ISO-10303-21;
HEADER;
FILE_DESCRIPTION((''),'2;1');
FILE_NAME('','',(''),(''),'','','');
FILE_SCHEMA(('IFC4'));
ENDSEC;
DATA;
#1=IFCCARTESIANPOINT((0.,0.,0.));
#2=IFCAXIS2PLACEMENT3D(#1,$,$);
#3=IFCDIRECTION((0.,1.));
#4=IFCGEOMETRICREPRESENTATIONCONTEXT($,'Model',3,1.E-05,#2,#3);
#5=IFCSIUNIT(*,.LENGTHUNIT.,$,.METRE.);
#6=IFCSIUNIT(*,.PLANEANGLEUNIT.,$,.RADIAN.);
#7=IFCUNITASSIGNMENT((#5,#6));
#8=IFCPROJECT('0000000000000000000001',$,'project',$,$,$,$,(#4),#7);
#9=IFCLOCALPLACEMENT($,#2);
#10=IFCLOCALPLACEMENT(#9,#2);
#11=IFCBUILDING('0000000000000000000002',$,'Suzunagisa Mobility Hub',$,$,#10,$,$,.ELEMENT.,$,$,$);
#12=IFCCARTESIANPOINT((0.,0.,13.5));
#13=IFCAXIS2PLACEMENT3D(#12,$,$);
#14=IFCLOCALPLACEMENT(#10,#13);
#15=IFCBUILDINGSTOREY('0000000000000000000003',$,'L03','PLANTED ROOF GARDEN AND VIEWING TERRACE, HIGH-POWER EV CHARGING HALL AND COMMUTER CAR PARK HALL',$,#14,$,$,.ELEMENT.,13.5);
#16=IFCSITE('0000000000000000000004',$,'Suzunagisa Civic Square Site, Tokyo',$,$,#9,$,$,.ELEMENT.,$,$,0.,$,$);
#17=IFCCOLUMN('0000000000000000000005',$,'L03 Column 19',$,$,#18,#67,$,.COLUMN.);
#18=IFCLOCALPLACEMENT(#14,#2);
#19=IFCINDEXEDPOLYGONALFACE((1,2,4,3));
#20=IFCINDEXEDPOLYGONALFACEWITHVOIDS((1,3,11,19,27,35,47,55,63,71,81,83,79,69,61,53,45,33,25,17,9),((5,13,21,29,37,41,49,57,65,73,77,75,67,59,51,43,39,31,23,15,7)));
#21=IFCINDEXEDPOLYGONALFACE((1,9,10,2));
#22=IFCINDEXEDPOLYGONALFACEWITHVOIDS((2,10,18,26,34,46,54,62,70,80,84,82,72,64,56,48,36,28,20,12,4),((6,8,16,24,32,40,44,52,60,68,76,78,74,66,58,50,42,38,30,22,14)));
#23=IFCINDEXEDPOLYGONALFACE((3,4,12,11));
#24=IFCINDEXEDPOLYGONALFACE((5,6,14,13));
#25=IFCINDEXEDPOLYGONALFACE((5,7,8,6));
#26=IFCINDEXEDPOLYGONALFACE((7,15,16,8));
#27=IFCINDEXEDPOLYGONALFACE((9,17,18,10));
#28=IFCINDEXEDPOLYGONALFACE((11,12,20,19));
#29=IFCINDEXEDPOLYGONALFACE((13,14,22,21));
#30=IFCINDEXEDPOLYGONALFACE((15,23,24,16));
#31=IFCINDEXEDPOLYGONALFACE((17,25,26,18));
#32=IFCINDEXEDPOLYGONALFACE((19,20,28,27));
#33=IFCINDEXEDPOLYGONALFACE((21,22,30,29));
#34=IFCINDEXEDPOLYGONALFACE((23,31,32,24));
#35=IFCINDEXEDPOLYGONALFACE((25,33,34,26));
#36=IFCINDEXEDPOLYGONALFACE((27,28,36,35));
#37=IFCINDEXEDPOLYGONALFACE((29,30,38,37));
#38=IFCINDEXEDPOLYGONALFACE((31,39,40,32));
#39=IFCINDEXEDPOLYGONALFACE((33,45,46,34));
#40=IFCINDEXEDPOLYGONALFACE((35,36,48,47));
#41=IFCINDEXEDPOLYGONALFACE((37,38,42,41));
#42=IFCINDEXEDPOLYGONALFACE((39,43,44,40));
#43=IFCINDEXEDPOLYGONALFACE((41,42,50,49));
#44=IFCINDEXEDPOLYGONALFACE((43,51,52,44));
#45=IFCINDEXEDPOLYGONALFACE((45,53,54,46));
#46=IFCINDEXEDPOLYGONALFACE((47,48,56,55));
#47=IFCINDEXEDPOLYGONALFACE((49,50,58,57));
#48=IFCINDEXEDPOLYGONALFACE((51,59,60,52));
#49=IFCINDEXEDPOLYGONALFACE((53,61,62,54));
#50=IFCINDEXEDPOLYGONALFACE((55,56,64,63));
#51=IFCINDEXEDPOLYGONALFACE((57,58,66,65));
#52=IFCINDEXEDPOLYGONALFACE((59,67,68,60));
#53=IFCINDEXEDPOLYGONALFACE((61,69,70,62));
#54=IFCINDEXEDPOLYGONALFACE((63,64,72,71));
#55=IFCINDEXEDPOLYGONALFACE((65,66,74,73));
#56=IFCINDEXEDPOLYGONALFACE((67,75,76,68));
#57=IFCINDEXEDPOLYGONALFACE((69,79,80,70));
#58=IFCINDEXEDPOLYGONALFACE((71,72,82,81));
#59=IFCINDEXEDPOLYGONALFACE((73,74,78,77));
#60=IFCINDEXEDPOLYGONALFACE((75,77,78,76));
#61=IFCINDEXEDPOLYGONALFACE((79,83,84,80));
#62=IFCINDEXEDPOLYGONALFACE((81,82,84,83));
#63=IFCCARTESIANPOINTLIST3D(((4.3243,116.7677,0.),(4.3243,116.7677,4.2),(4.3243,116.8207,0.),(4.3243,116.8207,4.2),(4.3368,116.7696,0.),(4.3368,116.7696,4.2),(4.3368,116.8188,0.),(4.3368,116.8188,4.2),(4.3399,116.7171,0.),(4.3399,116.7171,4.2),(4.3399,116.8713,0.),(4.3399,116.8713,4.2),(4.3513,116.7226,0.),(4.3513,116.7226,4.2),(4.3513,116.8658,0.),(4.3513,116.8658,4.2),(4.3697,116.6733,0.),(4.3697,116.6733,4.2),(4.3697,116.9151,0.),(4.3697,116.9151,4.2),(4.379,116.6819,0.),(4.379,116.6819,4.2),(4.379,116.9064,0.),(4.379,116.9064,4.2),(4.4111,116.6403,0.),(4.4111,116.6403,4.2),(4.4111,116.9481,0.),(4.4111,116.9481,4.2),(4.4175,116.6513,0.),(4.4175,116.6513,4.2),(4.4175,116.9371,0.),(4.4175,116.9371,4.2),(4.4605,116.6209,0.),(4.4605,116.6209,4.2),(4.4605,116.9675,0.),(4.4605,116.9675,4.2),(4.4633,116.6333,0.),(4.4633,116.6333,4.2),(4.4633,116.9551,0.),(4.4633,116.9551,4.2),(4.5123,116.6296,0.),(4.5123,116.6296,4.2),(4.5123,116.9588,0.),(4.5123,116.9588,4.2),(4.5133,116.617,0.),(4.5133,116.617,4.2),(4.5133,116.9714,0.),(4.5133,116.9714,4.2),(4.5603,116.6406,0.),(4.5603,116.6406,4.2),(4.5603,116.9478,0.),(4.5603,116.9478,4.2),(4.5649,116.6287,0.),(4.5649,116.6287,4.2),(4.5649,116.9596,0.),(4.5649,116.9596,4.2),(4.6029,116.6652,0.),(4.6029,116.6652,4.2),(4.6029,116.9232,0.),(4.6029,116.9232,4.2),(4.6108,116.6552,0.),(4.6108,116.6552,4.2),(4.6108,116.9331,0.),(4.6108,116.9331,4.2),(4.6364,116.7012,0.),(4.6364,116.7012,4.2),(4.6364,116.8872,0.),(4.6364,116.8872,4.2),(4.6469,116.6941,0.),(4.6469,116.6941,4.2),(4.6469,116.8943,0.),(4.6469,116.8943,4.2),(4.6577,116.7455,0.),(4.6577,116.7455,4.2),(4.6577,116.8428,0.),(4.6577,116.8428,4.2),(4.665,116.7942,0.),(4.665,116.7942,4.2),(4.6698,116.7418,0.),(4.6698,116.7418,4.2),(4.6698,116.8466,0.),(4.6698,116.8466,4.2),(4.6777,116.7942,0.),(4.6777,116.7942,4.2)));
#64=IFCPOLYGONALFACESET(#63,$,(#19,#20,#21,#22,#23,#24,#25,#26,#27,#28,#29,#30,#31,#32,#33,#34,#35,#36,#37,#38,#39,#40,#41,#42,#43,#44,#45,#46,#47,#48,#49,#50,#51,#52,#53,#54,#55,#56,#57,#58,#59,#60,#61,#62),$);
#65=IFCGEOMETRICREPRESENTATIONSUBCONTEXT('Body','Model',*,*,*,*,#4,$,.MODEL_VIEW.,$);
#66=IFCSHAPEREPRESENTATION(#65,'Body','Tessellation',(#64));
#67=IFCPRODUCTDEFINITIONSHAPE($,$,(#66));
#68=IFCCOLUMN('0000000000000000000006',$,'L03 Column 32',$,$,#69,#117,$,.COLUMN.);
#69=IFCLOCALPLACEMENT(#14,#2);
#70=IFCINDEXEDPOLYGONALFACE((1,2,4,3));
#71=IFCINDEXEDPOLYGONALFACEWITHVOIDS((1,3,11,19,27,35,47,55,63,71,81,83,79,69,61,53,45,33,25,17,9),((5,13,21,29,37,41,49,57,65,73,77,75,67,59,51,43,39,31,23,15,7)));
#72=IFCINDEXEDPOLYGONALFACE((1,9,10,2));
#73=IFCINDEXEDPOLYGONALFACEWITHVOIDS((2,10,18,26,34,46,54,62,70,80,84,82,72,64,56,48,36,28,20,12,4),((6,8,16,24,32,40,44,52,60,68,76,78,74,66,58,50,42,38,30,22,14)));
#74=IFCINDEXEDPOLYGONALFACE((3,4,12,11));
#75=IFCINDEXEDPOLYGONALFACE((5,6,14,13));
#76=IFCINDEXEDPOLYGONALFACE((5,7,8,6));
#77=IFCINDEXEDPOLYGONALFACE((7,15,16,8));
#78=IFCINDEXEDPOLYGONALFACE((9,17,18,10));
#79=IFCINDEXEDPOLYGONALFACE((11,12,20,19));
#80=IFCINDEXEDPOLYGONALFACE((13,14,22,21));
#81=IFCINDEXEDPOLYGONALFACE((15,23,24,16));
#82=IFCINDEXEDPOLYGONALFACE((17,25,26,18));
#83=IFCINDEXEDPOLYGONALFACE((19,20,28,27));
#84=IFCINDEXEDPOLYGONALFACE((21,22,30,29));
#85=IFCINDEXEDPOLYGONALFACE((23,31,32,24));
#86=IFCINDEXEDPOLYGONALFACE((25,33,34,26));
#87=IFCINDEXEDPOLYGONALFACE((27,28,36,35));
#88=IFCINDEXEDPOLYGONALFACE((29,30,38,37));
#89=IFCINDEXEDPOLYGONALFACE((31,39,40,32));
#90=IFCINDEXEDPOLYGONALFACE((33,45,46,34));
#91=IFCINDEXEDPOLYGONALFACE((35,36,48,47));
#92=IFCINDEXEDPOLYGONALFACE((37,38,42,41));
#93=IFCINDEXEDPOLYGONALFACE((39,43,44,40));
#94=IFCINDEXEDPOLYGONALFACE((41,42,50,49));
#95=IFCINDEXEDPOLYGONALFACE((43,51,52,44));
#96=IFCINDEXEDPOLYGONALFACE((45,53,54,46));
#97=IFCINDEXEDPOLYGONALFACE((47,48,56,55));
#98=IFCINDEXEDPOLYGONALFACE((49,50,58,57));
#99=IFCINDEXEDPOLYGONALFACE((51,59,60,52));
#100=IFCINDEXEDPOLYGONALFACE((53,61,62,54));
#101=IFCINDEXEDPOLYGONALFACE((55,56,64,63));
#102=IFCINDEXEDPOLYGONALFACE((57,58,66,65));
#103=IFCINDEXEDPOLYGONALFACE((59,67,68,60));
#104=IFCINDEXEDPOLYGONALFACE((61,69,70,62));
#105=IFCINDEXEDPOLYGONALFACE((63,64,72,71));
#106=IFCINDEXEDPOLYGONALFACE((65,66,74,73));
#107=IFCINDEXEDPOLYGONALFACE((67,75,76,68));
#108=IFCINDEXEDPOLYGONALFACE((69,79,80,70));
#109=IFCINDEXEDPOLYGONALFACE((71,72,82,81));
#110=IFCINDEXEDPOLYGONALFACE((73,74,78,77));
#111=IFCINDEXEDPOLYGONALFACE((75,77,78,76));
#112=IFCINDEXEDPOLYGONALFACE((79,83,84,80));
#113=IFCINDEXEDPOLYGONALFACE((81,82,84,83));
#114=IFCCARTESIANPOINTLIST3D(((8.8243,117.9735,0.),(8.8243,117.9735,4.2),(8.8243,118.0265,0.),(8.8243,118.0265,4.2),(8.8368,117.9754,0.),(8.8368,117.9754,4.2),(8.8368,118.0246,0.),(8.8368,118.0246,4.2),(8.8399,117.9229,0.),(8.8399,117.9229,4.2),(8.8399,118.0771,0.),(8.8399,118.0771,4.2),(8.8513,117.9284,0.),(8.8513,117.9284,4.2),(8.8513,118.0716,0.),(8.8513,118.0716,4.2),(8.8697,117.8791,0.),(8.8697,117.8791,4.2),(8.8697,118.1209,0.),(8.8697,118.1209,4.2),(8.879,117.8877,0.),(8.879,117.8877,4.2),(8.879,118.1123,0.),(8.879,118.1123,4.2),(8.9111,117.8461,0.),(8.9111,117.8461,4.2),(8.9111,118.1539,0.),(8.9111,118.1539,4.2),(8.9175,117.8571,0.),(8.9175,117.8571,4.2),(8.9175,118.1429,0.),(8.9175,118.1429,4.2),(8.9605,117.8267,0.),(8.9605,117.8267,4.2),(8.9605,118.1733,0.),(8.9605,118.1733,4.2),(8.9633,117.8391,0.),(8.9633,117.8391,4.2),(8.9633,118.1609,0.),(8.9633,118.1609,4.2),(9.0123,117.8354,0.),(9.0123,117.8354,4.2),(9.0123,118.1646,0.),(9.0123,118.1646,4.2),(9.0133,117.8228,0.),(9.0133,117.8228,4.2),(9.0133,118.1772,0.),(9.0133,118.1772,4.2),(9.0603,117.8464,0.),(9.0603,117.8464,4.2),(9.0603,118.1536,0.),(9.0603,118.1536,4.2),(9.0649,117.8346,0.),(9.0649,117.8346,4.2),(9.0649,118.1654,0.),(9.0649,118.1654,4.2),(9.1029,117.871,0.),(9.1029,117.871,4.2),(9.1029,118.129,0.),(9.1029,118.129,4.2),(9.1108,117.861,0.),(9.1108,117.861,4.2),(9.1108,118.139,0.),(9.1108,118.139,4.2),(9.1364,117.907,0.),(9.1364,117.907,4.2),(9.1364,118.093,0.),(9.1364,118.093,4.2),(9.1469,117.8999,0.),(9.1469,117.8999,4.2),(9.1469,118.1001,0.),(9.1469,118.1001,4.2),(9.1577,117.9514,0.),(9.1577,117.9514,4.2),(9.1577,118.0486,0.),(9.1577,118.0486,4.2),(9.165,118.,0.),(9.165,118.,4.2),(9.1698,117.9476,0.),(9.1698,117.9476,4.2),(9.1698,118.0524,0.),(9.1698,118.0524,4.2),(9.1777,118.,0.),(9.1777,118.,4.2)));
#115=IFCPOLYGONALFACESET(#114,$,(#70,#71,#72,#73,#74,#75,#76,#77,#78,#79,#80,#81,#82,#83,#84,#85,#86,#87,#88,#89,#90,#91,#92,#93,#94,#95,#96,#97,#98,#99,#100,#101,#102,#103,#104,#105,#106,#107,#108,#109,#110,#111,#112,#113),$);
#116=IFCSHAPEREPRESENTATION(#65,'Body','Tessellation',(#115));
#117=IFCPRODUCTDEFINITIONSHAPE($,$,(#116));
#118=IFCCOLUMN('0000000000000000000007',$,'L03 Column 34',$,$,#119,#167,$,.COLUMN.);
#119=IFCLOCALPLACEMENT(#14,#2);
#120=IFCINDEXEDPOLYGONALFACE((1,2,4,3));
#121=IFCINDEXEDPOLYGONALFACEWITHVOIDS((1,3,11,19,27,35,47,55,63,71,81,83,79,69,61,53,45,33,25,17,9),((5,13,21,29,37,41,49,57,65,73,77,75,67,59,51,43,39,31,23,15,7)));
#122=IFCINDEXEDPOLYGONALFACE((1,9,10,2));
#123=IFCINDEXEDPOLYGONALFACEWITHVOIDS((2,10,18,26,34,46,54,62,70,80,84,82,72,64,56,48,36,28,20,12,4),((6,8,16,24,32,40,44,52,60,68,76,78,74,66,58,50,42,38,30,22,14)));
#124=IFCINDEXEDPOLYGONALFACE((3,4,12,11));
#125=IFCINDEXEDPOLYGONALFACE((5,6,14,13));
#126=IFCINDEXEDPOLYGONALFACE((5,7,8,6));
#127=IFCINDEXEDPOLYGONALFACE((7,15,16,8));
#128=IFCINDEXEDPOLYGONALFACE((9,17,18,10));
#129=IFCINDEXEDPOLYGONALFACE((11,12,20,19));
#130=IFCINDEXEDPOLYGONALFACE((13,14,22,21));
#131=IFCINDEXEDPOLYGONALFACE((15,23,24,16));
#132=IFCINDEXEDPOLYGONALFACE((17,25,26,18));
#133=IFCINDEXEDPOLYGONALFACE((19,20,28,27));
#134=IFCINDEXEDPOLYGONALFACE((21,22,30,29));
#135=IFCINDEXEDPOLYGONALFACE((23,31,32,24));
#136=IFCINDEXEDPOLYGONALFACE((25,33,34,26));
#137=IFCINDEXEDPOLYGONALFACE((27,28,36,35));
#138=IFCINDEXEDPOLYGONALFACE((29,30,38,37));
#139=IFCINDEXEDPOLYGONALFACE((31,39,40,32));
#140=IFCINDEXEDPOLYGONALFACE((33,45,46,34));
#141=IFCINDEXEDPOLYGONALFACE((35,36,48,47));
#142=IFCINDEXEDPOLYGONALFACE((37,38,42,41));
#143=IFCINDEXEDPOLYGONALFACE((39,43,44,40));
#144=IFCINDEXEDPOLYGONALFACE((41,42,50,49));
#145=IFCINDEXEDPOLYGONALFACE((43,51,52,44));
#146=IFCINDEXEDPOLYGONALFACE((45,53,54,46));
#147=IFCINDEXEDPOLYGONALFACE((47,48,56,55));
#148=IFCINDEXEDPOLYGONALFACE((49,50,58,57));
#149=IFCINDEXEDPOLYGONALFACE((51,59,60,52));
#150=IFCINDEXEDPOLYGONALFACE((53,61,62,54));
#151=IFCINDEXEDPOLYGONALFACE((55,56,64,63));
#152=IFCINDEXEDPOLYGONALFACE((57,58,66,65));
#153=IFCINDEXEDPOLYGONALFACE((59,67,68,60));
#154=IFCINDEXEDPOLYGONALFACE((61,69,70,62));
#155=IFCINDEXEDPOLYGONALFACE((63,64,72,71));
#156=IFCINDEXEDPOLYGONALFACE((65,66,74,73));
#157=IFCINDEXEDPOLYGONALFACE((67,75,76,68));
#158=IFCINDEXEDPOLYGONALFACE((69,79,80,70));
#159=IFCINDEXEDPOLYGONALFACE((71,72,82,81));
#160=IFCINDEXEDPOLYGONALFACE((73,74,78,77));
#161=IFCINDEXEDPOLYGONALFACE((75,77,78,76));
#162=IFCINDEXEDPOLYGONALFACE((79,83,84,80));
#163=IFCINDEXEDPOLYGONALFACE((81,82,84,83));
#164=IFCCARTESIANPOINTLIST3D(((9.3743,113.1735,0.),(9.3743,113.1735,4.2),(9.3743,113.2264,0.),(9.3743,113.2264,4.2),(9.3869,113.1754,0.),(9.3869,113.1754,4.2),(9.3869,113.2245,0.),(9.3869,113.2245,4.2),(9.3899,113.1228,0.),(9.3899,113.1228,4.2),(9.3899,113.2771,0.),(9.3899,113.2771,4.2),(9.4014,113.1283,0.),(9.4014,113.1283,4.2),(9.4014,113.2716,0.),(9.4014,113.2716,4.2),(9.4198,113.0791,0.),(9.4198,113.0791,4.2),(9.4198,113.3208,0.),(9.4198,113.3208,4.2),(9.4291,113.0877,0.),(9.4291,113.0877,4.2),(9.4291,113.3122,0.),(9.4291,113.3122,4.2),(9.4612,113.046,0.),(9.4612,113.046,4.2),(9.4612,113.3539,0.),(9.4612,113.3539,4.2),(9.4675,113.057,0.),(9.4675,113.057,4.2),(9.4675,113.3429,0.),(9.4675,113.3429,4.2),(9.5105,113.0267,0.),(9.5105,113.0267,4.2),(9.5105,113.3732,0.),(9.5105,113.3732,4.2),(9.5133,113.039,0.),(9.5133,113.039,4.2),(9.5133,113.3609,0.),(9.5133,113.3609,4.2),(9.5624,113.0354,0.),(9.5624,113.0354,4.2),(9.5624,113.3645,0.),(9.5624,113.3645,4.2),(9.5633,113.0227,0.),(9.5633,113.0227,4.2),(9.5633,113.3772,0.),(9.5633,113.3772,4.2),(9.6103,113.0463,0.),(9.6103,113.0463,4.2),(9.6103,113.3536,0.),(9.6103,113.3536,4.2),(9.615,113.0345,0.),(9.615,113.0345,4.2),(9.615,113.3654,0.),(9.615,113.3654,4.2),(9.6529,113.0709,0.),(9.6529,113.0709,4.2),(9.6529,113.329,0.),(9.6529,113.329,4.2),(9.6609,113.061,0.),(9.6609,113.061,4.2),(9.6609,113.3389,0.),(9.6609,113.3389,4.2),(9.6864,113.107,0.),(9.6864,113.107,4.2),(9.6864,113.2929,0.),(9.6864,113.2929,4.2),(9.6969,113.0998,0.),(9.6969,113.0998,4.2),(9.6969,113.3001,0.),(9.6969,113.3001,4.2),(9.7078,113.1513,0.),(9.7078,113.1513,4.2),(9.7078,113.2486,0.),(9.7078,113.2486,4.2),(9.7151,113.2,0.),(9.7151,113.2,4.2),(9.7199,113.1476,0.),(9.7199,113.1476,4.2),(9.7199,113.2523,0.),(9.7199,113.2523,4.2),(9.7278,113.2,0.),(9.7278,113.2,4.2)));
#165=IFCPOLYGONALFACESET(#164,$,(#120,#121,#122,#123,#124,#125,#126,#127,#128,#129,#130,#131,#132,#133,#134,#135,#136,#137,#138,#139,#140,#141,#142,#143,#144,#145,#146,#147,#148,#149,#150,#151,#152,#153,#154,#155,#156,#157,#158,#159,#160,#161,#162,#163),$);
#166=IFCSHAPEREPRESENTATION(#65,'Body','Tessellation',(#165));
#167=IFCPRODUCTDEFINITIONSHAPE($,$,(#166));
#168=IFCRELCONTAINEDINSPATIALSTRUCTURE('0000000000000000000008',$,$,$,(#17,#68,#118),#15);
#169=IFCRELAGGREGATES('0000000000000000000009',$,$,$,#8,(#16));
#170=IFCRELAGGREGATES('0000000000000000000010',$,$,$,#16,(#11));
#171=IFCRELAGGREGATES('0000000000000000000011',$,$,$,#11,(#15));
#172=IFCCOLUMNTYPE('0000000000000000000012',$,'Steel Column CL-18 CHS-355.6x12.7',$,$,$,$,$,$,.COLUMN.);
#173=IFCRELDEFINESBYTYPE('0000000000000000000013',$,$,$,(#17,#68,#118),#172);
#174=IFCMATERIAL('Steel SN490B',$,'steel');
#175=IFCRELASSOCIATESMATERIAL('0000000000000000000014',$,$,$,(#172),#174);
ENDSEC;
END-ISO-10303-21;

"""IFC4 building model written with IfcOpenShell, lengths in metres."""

from ifc_helpers import new_model, si_unit, direction, frame, origin, origin_2d, place, context, subcontext, project, spatial, hollow_circle, extrude, material, material_profile, profile_set, type_object, element, save


model = new_model("IFC4")

# Units and contexts
model_context = context("Model", 3, precision=1e-05, world=origin(), true_north=direction((0.0, 1.0)))
body_context = subcontext(model_context, "Body", "Model", "MODEL_VIEW")
ifc_project = project(units=[si_unit("LENGTHUNIT", "METRE"), si_unit("PLANEANGLEUNIT", "RADIAN")], contexts=[model_context])

# Site, building, storey
site_placement = place(None, origin())
site = spatial("IfcSite", under=ifc_project, at=site_placement, Name="Suzunagisa Civic Square Site, Tokyo", CompositionType="ELEMENT", RefElevation=0.0)
building_placement = place(site_placement, origin())
building = spatial("IfcBuilding", under=site, at=building_placement, Name="Suzunagisa Mobility Hub", CompositionType="ELEMENT")
storey_placement = place(building_placement, frame((0.0, 0.0, 13.5)))
storey = spatial("IfcBuildingStorey", under=building, at=storey_placement, Name="L03", Description="PLANTED ROOF GARDEN AND VIEWING TERRACE, HIGH-POWER EV CHARGING HALL AND COMMUTER CAR PARK HALL", CompositionType="ELEMENT", Elevation=13.5)

# Columns
ifc_material_1 = material(Name="Steel SN490B", Category="steel")
ifc_material_profile_1 = material_profile(ifc_material_1, hollow_circle(Radius=0.1777, WallThickness=0.0127, at=origin_2d()), Name="CHS-355.6x12.7")
ifc_profile_set_1 = profile_set([ifc_material_profile_1], Name="Steel SN490B")
column_type = type_object("IfcColumnType", Name="Steel Column CL-18 CHS-355.6x12.7", PredefinedType="COLUMN", material=ifc_profile_set_1)
for number, where, z_axis, x_axis, name in (
    (1, (4.5, 116.7942, 0.0), (0.0, 0.0, 1.0), (1.0, 0.0, 0.0), "L03 Column 19"),
    (2, (9.0, 118.0, 0.0), (0.0, 0.0, 1.0), (1.0, 0.0, 0.0), "L03 Column 32"),
    (3, (9.55, 113.2, 0.0), (0.0, 0.0, 1.0), (1.0, 0.0, 0.0), "L03 Column 34"),
):
    element("IfcColumn", number, at=place(storey_placement, frame(where, z_axis=z_axis, x_axis=x_axis)), inside=storey, type_object=column_type, Name=name, PredefinedType="COLUMN", context=body_context, shape_type="SweptSolid", body=[
        extrude(hollow_circle(Radius=0.1777, WallThickness=0.0127, at=origin_2d()), origin(), (0.0, 0.0, 1.0), 4.2),
    ])

save(model, "model.ifc")
